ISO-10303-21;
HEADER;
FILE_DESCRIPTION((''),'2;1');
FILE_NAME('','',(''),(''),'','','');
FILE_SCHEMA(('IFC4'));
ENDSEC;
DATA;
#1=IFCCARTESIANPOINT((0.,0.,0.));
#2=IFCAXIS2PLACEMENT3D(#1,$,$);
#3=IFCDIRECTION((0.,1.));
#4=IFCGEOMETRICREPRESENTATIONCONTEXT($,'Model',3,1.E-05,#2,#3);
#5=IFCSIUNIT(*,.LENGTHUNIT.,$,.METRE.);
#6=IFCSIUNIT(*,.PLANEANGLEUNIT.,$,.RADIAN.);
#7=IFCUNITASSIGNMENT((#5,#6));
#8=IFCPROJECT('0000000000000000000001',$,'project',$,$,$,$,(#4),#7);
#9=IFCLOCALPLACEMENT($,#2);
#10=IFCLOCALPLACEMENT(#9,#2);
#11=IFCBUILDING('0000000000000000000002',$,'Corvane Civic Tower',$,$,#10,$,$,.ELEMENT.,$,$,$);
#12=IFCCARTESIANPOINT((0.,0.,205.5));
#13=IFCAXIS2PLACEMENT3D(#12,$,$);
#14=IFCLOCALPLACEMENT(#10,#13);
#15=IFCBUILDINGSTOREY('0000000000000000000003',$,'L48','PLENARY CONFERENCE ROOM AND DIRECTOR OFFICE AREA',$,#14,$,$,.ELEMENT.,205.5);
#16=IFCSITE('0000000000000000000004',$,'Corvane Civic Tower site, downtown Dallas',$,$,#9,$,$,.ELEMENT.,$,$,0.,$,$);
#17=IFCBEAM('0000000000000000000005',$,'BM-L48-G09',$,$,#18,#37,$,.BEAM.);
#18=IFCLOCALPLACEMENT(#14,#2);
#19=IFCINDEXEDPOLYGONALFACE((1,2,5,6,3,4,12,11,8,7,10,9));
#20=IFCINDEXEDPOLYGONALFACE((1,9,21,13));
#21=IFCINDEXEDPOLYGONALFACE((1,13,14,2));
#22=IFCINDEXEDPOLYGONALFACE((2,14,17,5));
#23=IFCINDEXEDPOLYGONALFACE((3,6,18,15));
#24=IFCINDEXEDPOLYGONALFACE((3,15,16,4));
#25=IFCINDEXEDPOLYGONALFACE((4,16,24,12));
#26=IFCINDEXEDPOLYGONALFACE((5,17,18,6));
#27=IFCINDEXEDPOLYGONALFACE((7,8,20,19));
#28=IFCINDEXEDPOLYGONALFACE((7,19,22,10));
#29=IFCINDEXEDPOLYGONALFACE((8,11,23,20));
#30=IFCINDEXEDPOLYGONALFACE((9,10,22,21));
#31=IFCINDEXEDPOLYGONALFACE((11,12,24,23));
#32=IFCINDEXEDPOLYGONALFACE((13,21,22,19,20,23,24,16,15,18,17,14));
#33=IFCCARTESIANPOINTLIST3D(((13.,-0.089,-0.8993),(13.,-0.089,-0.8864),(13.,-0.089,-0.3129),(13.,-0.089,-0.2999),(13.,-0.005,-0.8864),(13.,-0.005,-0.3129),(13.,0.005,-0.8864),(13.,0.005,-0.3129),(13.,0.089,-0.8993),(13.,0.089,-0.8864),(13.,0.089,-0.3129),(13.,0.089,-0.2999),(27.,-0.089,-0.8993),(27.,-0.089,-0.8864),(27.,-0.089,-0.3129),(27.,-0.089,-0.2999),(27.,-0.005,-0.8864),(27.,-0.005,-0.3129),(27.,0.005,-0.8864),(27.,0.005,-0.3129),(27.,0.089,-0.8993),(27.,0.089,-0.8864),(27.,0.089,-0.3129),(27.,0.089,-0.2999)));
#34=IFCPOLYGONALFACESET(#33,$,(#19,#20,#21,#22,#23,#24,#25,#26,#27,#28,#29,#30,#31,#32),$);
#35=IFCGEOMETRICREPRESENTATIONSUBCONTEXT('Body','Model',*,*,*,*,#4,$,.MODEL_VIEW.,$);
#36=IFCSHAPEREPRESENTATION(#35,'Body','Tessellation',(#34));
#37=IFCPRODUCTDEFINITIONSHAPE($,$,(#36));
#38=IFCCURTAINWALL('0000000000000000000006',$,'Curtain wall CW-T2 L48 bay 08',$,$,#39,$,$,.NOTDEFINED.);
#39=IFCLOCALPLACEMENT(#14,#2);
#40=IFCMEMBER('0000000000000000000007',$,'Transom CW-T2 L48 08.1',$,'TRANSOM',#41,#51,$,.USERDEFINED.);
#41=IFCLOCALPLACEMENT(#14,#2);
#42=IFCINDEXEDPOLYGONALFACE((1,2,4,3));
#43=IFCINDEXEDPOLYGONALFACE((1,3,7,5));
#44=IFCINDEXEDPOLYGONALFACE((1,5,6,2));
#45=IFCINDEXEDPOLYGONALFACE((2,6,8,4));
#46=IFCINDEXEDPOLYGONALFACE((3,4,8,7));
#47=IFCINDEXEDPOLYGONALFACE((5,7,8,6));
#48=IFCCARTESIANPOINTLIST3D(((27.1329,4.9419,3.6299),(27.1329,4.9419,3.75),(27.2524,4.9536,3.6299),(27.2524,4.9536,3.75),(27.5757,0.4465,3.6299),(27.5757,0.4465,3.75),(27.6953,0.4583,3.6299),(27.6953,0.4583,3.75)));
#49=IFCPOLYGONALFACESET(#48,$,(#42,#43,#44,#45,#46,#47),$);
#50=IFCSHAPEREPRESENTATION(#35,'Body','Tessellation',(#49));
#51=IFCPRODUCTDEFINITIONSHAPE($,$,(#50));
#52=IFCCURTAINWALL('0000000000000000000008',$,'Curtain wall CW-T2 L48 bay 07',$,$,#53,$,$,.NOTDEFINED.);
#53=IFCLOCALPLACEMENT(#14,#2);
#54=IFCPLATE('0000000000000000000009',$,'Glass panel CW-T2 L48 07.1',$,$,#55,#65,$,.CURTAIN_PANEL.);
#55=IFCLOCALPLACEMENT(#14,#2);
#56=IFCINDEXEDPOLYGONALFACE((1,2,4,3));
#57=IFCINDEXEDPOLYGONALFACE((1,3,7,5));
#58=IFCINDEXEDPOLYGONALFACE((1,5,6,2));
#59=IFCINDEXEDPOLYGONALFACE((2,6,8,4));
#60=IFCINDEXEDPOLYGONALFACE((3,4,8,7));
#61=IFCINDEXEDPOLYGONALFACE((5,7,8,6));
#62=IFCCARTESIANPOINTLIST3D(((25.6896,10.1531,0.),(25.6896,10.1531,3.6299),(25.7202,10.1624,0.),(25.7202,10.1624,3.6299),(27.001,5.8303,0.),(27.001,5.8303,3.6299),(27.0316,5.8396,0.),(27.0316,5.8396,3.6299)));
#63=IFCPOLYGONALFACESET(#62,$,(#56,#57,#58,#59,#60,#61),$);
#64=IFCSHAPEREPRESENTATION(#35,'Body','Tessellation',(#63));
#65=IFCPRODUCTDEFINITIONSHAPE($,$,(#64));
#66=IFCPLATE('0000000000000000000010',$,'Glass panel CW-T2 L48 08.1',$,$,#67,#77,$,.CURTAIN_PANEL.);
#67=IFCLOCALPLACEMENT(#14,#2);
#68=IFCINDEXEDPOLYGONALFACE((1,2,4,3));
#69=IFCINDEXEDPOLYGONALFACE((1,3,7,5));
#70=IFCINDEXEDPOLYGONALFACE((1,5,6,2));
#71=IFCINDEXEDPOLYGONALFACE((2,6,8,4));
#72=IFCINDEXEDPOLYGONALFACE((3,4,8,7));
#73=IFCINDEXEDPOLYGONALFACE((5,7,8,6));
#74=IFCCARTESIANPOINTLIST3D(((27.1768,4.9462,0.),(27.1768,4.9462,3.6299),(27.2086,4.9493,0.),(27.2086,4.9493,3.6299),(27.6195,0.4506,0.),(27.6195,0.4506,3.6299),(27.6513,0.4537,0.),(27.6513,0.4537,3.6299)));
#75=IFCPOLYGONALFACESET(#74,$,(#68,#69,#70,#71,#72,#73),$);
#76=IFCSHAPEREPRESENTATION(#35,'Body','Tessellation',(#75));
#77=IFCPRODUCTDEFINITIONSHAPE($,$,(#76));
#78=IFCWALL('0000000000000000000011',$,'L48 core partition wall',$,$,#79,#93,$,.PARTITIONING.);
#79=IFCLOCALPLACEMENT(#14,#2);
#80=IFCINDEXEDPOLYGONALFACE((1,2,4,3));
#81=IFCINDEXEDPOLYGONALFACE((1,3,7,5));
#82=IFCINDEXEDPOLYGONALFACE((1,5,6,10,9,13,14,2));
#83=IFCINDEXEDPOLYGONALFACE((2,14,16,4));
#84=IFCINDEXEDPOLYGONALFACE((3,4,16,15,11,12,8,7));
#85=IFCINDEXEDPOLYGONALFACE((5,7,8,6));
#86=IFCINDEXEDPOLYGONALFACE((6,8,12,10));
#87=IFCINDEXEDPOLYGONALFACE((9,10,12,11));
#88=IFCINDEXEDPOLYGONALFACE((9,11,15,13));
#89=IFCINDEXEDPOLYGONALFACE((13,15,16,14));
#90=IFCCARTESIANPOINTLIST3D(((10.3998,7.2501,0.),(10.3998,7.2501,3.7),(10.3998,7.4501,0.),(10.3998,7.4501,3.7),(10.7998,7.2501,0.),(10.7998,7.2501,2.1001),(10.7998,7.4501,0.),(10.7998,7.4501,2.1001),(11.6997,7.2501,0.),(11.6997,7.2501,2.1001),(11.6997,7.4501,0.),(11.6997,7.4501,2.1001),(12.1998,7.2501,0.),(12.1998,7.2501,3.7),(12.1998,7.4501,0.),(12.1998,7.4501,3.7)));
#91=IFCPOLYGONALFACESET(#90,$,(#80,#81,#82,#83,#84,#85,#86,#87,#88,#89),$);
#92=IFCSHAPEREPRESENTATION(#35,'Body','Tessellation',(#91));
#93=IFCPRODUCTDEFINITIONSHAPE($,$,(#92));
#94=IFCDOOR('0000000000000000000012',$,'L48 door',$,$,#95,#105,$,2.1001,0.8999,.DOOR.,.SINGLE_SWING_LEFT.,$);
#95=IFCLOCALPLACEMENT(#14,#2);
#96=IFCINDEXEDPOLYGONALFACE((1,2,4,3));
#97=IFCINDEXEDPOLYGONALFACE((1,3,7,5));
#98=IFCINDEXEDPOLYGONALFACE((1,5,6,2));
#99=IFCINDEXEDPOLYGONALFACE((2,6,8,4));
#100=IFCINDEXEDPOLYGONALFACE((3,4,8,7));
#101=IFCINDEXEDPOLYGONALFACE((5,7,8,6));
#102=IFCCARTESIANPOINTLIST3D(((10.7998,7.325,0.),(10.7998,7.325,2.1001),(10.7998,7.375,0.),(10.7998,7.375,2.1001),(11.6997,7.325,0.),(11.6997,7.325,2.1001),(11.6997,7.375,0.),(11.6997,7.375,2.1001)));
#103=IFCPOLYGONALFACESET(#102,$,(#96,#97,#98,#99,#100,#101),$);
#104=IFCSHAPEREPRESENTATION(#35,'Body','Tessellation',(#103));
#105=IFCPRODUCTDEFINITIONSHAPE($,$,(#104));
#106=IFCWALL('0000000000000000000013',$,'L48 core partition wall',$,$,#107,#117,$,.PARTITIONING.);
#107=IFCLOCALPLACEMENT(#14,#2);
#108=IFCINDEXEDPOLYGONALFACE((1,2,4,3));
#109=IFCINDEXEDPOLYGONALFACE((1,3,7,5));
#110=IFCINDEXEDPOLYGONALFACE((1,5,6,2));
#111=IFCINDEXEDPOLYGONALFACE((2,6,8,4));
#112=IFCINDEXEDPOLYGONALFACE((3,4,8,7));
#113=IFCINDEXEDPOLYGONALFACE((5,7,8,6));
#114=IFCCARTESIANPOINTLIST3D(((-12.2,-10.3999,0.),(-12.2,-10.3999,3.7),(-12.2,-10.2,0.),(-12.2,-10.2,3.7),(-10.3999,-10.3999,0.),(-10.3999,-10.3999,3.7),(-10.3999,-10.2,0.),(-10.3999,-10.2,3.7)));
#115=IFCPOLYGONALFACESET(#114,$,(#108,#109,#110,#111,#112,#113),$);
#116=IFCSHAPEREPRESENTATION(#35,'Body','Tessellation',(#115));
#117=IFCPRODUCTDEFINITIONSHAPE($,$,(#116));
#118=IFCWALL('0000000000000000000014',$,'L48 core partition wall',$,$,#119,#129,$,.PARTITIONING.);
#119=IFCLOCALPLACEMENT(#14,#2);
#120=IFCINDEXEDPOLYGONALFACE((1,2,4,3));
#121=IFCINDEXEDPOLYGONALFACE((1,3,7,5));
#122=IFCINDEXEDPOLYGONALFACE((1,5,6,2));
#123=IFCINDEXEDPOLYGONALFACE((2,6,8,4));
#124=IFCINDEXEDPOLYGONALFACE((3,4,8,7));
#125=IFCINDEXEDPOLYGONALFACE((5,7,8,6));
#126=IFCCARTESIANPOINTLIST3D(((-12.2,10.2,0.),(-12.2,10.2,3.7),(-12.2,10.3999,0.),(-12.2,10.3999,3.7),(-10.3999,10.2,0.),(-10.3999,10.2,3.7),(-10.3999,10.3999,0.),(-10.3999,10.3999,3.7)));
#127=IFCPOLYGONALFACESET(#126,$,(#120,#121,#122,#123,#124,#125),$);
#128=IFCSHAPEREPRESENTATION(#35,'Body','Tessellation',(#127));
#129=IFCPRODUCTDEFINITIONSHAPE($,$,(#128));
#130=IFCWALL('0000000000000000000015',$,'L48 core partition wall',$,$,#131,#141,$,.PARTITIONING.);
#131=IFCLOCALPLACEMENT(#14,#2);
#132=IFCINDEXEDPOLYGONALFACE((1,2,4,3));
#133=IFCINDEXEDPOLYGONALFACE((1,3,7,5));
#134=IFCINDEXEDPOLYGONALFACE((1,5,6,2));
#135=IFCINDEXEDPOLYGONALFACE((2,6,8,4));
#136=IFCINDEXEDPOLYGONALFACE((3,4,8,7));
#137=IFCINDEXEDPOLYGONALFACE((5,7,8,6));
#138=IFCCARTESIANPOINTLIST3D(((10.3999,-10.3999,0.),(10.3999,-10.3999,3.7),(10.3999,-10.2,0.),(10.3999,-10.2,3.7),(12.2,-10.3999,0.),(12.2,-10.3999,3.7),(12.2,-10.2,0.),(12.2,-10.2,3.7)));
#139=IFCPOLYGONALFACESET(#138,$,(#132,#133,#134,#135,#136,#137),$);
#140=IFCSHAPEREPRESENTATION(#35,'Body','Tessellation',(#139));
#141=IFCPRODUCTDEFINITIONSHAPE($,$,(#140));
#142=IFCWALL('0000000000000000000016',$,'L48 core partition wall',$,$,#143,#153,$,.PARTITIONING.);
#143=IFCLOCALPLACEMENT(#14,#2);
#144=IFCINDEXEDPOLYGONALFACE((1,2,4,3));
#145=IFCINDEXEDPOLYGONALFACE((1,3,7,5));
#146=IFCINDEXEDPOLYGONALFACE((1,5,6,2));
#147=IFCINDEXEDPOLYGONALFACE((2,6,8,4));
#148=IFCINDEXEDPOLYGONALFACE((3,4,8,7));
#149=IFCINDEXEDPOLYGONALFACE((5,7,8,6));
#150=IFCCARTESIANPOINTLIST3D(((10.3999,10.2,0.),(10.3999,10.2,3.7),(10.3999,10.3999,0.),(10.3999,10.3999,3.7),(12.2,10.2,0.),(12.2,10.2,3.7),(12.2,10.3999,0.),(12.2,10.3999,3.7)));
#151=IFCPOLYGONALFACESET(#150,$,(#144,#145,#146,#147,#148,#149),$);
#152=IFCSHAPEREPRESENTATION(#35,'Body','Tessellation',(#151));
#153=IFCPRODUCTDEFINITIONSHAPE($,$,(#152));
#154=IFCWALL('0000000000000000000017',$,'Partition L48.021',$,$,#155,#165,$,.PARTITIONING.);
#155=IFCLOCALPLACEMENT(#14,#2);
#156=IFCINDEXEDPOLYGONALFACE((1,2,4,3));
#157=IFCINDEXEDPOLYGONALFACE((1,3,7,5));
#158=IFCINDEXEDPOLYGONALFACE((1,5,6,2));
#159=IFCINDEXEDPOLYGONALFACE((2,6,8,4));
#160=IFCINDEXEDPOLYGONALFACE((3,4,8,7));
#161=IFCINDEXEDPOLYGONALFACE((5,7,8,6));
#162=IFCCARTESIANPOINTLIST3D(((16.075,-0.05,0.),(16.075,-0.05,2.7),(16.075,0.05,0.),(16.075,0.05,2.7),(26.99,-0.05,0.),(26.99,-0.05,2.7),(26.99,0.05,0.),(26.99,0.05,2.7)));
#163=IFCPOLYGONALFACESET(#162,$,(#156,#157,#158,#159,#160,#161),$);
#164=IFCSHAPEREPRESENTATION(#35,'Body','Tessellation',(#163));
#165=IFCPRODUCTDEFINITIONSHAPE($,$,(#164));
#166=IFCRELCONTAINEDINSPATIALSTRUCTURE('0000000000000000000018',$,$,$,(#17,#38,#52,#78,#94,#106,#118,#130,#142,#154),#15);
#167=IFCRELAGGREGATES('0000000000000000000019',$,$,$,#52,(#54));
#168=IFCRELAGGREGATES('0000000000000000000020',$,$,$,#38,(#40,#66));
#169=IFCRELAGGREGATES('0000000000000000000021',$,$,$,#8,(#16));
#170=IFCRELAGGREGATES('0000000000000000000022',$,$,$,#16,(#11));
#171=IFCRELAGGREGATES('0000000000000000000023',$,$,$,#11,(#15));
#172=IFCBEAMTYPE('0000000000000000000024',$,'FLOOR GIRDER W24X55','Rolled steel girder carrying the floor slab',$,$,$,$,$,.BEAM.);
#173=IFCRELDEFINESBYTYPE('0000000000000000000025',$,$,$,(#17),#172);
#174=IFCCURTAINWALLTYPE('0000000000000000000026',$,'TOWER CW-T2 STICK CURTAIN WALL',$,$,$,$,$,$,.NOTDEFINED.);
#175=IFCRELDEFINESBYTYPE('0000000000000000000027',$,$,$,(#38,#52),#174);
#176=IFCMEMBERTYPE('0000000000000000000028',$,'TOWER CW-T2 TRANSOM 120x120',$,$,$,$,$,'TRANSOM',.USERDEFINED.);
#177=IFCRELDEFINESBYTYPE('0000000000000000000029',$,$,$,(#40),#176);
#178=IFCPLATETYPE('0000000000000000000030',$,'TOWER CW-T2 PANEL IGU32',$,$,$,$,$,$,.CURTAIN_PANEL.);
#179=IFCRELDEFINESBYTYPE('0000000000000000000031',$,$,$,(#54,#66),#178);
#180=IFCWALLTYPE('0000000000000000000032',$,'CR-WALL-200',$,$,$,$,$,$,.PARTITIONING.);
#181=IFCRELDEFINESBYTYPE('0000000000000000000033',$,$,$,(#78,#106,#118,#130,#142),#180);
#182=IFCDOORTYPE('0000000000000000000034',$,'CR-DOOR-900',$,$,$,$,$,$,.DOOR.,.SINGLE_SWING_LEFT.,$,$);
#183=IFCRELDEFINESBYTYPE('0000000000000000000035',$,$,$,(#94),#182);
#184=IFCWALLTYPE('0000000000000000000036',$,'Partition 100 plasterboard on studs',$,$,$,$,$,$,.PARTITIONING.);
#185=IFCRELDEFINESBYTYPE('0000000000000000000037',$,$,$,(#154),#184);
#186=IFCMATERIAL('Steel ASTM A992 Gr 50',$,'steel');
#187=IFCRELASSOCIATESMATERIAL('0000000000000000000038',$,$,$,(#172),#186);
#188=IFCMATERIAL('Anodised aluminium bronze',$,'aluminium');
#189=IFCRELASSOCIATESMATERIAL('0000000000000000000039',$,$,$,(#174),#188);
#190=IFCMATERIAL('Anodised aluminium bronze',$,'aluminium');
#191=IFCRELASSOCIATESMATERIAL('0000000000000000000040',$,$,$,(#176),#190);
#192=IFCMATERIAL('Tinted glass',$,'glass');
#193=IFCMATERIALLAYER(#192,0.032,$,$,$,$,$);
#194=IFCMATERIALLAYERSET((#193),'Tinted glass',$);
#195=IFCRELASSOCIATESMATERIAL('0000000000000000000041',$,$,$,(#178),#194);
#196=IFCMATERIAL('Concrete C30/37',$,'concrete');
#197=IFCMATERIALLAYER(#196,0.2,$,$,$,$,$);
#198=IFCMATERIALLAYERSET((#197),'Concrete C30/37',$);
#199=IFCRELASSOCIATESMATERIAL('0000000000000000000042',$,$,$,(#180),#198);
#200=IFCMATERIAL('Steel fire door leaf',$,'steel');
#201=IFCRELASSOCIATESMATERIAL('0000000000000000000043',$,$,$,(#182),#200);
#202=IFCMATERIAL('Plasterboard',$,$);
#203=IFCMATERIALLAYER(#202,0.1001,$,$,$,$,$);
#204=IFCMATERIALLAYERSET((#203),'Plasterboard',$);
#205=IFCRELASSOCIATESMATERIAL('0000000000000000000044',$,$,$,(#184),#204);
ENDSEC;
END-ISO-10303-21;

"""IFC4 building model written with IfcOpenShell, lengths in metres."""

from ifc_helpers import new_model, si_unit, direction, frame, frame_2d, origin, origin_2d, place, context, subcontext, project, spatial, polyline, rectangle, i_section, outline, extrude, material, layer, layer_set, material_profile, profile_set, type_object, element, fill, aggregate, save


model = new_model("IFC4")

# Units and contexts
model_context = context("Model", 3, precision=1e-05, world=origin(), true_north=direction((0.0, 1.0)))
body_context = subcontext(model_context, "Body", "Model", "MODEL_VIEW")
ifc_project = project(units=[si_unit("LENGTHUNIT", "METRE"), si_unit("PLANEANGLEUNIT", "RADIAN")], contexts=[model_context])

# Site, building, storey
site_placement = place(None, origin())
site = spatial("IfcSite", under=ifc_project, at=site_placement, Name="Corvane Civic Tower site, downtown Dallas", CompositionType="ELEMENT", RefElevation=0.0)
building_placement = place(site_placement, origin())
building = spatial("IfcBuilding", under=site, at=building_placement, Name="Corvane Civic Tower", CompositionType="ELEMENT")
storey_placement = place(building_placement, frame((0.0, 0.0, 205.5)))
storey = spatial("IfcBuildingStorey", under=building, at=storey_placement, Name="L48", Description="PLENARY CONFERENCE ROOM AND DIRECTOR OFFICE AREA", CompositionType="ELEMENT", Elevation=205.5)

# Beam
ifc_material_1 = material(Name="Steel ASTM A992 Gr 50", Category="steel")
ifc_material_profile_1 = material_profile(ifc_material_1, i_section(OverallWidth=0.178, OverallDepth=0.5994, WebThickness=0.01, FlangeThickness=0.0129, at=origin_2d()), Name="W24X55")
ifc_profile_set_1 = profile_set([ifc_material_profile_1], Name="Steel ASTM A992 Gr 50")
beam_type_1 = type_object("IfcBeamType", Name="FLOOR GIRDER W24X55", Description="Rolled steel girder carrying the floor slab", PredefinedType="BEAM", material=ifc_profile_set_1)
beam_1_placement = place(storey_placement, frame((13.0, 0.0, -0.5996), z_axis=(1.0, 0.0, 0.0), x_axis=(0.0, 1.0, 0.0)))
element("IfcBeam", 1, at=beam_1_placement, inside=storey, type_object=beam_type_1, Name="BM-L48-G09", PredefinedType="BEAM", context=body_context, shape_type="SweptSolid", body=[
    extrude(i_section(OverallWidth=0.178, OverallDepth=0.5994, WebThickness=0.01, FlangeThickness=0.0129, at=origin_2d()), origin(), (0.0, 0.0, 1.0), 14.0),
])

# Curtain wall, member
ifc_material_2 = material(Name="Anodised aluminium bronze", Category="aluminium")
curtain_wall_type = type_object("IfcCurtainWallType", Name="TOWER CW-T2 STICK CURTAIN WALL", PredefinedType="NOTDEFINED", material=ifc_material_2)
curtain_wall_1_placement = place(storey_placement, origin())
curtain_wall_1 = element("IfcCurtainWall", 2, at=curtain_wall_1_placement, inside=storey, type_object=curtain_wall_type, Name="Curtain wall CW-T2 L48 bay 08", PredefinedType="NOTDEFINED")
ifc_material_3 = material(Name="Anodised aluminium bronze", Category="aluminium")
ifc_material_profile_2 = material_profile(ifc_material_3, rectangle(XDim=0.1201, YDim=0.1201, at=origin_2d()), Name="TOWER CW-T2 TRANSOM 120x120")
ifc_profile_set_2 = profile_set([ifc_material_profile_2], Name="Anodised aluminium bronze")
member_type = type_object("IfcMemberType", Name="TOWER CW-T2 TRANSOM 120x120", ElementType="TRANSOM", PredefinedType="USERDEFINED", material=ifc_profile_set_2)
member_placement = place(storey_placement, frame((27.1926, 4.9478, 3.6899), z_axis=(0.098043, -0.995182, 0.0), x_axis=(0.995182, 0.098043, 0.0)))
member = element("IfcMember", 3, at=member_placement, type_object=member_type, Name="Transom CW-T2 L48 08.1", ObjectType="TRANSOM", PredefinedType="USERDEFINED", context=body_context, shape_type="SweptSolid", body=[
    extrude(rectangle(XDim=0.1201, YDim=0.1201, at=origin_2d()), origin(), (0.0, 0.0, 1.0), 4.5171),
])

# Curtain wall, plate
curtain_wall_2_placement = place(storey_placement, origin())
curtain_wall_2 = element("IfcCurtainWall", 4, at=curtain_wall_2_placement, inside=storey, type_object=curtain_wall_type, Name="Curtain wall CW-T2 L48 bay 07", PredefinedType="NOTDEFINED")
ifc_material_4 = material(Name="Tinted glass", Category="glass")
ifc_layer_1 = layer(ifc_material_4, 0.032)
ifc_layer_set_1 = layer_set([ifc_layer_1], Name="Tinted glass")
plate_type = type_object("IfcPlateType", Name="TOWER CW-T2 PANEL IGU32", PredefinedType="CURTAIN_PANEL", material=ifc_layer_set_1)
plate_1_placement = place(storey_placement, frame((26.3606, 7.9963, 0.0), z_axis=(0.0, 0.0, 1.0), x_axis=(0.29029, -0.956939, 0.0)))
plate_1 = element("IfcPlate", 5, at=plate_1_placement, type_object=plate_type, Name="Glass panel CW-T2 L48 07.1", PredefinedType="CURTAIN_PANEL", context=body_context, shape_type="SweptSolid", body=[
    extrude(rectangle(XDim=4.5173, YDim=0.032, at=origin_2d()), origin(), (0.0, 0.0, 1.0), 3.6299),
])
aggregate(curtain_wall_2, [plate_1])

# Plate
plate_2_placement = place(storey_placement, frame((27.4141, 2.7, 0.0), z_axis=(0.0, 0.0, 1.0), x_axis=(0.097993, -0.995187, 0.0)))
plate_2 = element("IfcPlate", 6, at=plate_2_placement, type_object=plate_type, Name="Glass panel CW-T2 L48 08.1", PredefinedType="CURTAIN_PANEL", context=body_context, shape_type="SweptSolid", body=[
    extrude(rectangle(XDim=4.5173, YDim=0.032, at=origin_2d()), origin(), (0.0, 0.0, 1.0), 3.6299),
])
aggregate(curtain_wall_1, [member, plate_2])

# Wall, opening, door
ifc_material_5 = material(Name="Concrete C30/37", Category="concrete")
ifc_layer_2 = layer(ifc_material_5, 0.2)
ifc_layer_set_2 = layer_set([ifc_layer_2], Name="Concrete C30/37")
wall_type_1 = type_object("IfcWallType", Name="CR-WALL-200", PredefinedType="PARTITIONING", material=ifc_layer_set_2)
wall_1_placement = place(storey_placement, frame((10.3999, 7.3501, 0.0), z_axis=(0.0, 0.0, 1.0), x_axis=(1.0, 0.0, 0.0)))
wall_1 = element("IfcWall", 7, at=wall_1_placement, inside=storey, type_object=wall_type_1, Name="L48 core partition wall", PredefinedType="PARTITIONING", context=body_context, shape_type="SweptSolid", body=[
    extrude(rectangle(XDim=1.8, YDim=0.2, at=frame_2d((0.8999, 0.0))), origin(), (0.0, 0.0, 1.0), 3.7),
])
opening_1_placement = place(wall_1_placement, frame((0.3999, 0.0, 0.0)))
opening_1 = element("IfcOpeningElement", 8, at=opening_1_placement, cuts=wall_1, PredefinedType="OPENING", context=body_context, shape_type="SweptSolid", body=[
    extrude(rectangle(XDim=0.8999, YDim=2.1001, at=frame_2d((0.45, 1.05))), frame((0.0, 0.1099, 0.0), z_axis=(0.0, -1.0, 0.0), x_axis=(1.0, 0.0, 0.0)), (0.0, 0.0, 1.0), 0.22),
])
ifc_material_6 = material(Name="Steel fire door leaf", Category="steel")
door_type_1 = type_object("IfcDoorType", Name="CR-DOOR-900", OperationType="SINGLE_SWING_LEFT", PredefinedType="DOOR", material=ifc_material_6)
door_1_placement = place(opening_1_placement, origin())
door_1 = element("IfcDoor", 9, at=door_1_placement, inside=storey, type_object=door_type_1, Name="L48 door", OperationType="SINGLE_SWING_LEFT", OverallHeight=2.1001, OverallWidth=0.8999, PredefinedType="DOOR", context=body_context, shape_type="SweptSolid", body=[
    extrude(rectangle(XDim=0.8999, YDim=2.1001, at=frame_2d((0.45, 1.05))), frame((0.0, 0.0249, 0.0), z_axis=(0.0, -1.0, 0.0), x_axis=(1.0, 0.0, 0.0)), (0.0, 0.0, 1.0), 0.05),
])
fill(opening_1, door_1)

# Walls
wall_2_placement = place(storey_placement, origin())
element("IfcWall", 10, at=wall_2_placement, inside=storey, type_object=wall_type_1, Name="L48 core partition wall", PredefinedType="PARTITIONING", context=body_context, shape_type="SweptSolid", body=[
    extrude(outline(polyline([(-10.3999, -10.3999), (-12.2, -10.3999), (-12.2, -10.2), (-10.3999, -10.2), (-10.3999, -10.3999)])), origin(), (0.0, 0.0, 1.0), 3.7),
])
wall_3_placement = place(storey_placement, origin())
element("IfcWall", 11, at=wall_3_placement, inside=storey, type_object=wall_type_1, Name="L48 core partition wall", PredefinedType="PARTITIONING", context=body_context, shape_type="SweptSolid", body=[
    extrude(outline(polyline([(-12.2, 10.2), (-12.2, 10.3999), (-10.3999, 10.3999), (-10.3999, 10.2), (-12.2, 10.2)])), origin(), (0.0, 0.0, 1.0), 3.7),
])
wall_4_placement = place(storey_placement, origin())
element("IfcWall", 12, at=wall_4_placement, inside=storey, type_object=wall_type_1, Name="L48 core partition wall", PredefinedType="PARTITIONING", context=body_context, shape_type="SweptSolid", body=[
    extrude(outline(polyline([(12.2, -10.3999), (10.3999, -10.3999), (10.3999, -10.2), (12.2, -10.2), (12.2, -10.3999)])), origin(), (0.0, 0.0, 1.0), 3.7),
])
wall_5_placement = place(storey_placement, origin())
element("IfcWall", 13, at=wall_5_placement, inside=storey, type_object=wall_type_1, Name="L48 core partition wall", PredefinedType="PARTITIONING", context=body_context, shape_type="SweptSolid", body=[
    extrude(outline(polyline([(10.3999, 10.2), (10.3999, 10.3999), (12.2, 10.3999), (12.2, 10.2), (10.3999, 10.2)])), origin(), (0.0, 0.0, 1.0), 3.7),
])
ifc_material_7 = material(Name="Plasterboard")
ifc_layer_3 = layer(ifc_material_7, 0.1001)
ifc_layer_set_3 = layer_set([ifc_layer_3], Name="Plasterboard")
wall_type_2 = type_object("IfcWallType", Name="Partition 100 plasterboard on studs", PredefinedType="PARTITIONING", material=ifc_layer_set_3)
wall_6_placement = place(storey_placement, frame((16.075, 0.0, 0.0), z_axis=(0.0, 0.0, 1.0), x_axis=(1.0, 0.0, 0.0)))
element("IfcWall", 14, at=wall_6_placement, inside=storey, type_object=wall_type_2, Name="Partition L48.021", PredefinedType="PARTITIONING", context=body_context, shape_type="SweptSolid", body=[
    extrude(rectangle(XDim=10.915, YDim=0.1001, at=frame_2d((5.4575, 0.0))), origin(), (0.0, 0.0, 1.0), 2.7),
])

save(model, "model.ifc")
